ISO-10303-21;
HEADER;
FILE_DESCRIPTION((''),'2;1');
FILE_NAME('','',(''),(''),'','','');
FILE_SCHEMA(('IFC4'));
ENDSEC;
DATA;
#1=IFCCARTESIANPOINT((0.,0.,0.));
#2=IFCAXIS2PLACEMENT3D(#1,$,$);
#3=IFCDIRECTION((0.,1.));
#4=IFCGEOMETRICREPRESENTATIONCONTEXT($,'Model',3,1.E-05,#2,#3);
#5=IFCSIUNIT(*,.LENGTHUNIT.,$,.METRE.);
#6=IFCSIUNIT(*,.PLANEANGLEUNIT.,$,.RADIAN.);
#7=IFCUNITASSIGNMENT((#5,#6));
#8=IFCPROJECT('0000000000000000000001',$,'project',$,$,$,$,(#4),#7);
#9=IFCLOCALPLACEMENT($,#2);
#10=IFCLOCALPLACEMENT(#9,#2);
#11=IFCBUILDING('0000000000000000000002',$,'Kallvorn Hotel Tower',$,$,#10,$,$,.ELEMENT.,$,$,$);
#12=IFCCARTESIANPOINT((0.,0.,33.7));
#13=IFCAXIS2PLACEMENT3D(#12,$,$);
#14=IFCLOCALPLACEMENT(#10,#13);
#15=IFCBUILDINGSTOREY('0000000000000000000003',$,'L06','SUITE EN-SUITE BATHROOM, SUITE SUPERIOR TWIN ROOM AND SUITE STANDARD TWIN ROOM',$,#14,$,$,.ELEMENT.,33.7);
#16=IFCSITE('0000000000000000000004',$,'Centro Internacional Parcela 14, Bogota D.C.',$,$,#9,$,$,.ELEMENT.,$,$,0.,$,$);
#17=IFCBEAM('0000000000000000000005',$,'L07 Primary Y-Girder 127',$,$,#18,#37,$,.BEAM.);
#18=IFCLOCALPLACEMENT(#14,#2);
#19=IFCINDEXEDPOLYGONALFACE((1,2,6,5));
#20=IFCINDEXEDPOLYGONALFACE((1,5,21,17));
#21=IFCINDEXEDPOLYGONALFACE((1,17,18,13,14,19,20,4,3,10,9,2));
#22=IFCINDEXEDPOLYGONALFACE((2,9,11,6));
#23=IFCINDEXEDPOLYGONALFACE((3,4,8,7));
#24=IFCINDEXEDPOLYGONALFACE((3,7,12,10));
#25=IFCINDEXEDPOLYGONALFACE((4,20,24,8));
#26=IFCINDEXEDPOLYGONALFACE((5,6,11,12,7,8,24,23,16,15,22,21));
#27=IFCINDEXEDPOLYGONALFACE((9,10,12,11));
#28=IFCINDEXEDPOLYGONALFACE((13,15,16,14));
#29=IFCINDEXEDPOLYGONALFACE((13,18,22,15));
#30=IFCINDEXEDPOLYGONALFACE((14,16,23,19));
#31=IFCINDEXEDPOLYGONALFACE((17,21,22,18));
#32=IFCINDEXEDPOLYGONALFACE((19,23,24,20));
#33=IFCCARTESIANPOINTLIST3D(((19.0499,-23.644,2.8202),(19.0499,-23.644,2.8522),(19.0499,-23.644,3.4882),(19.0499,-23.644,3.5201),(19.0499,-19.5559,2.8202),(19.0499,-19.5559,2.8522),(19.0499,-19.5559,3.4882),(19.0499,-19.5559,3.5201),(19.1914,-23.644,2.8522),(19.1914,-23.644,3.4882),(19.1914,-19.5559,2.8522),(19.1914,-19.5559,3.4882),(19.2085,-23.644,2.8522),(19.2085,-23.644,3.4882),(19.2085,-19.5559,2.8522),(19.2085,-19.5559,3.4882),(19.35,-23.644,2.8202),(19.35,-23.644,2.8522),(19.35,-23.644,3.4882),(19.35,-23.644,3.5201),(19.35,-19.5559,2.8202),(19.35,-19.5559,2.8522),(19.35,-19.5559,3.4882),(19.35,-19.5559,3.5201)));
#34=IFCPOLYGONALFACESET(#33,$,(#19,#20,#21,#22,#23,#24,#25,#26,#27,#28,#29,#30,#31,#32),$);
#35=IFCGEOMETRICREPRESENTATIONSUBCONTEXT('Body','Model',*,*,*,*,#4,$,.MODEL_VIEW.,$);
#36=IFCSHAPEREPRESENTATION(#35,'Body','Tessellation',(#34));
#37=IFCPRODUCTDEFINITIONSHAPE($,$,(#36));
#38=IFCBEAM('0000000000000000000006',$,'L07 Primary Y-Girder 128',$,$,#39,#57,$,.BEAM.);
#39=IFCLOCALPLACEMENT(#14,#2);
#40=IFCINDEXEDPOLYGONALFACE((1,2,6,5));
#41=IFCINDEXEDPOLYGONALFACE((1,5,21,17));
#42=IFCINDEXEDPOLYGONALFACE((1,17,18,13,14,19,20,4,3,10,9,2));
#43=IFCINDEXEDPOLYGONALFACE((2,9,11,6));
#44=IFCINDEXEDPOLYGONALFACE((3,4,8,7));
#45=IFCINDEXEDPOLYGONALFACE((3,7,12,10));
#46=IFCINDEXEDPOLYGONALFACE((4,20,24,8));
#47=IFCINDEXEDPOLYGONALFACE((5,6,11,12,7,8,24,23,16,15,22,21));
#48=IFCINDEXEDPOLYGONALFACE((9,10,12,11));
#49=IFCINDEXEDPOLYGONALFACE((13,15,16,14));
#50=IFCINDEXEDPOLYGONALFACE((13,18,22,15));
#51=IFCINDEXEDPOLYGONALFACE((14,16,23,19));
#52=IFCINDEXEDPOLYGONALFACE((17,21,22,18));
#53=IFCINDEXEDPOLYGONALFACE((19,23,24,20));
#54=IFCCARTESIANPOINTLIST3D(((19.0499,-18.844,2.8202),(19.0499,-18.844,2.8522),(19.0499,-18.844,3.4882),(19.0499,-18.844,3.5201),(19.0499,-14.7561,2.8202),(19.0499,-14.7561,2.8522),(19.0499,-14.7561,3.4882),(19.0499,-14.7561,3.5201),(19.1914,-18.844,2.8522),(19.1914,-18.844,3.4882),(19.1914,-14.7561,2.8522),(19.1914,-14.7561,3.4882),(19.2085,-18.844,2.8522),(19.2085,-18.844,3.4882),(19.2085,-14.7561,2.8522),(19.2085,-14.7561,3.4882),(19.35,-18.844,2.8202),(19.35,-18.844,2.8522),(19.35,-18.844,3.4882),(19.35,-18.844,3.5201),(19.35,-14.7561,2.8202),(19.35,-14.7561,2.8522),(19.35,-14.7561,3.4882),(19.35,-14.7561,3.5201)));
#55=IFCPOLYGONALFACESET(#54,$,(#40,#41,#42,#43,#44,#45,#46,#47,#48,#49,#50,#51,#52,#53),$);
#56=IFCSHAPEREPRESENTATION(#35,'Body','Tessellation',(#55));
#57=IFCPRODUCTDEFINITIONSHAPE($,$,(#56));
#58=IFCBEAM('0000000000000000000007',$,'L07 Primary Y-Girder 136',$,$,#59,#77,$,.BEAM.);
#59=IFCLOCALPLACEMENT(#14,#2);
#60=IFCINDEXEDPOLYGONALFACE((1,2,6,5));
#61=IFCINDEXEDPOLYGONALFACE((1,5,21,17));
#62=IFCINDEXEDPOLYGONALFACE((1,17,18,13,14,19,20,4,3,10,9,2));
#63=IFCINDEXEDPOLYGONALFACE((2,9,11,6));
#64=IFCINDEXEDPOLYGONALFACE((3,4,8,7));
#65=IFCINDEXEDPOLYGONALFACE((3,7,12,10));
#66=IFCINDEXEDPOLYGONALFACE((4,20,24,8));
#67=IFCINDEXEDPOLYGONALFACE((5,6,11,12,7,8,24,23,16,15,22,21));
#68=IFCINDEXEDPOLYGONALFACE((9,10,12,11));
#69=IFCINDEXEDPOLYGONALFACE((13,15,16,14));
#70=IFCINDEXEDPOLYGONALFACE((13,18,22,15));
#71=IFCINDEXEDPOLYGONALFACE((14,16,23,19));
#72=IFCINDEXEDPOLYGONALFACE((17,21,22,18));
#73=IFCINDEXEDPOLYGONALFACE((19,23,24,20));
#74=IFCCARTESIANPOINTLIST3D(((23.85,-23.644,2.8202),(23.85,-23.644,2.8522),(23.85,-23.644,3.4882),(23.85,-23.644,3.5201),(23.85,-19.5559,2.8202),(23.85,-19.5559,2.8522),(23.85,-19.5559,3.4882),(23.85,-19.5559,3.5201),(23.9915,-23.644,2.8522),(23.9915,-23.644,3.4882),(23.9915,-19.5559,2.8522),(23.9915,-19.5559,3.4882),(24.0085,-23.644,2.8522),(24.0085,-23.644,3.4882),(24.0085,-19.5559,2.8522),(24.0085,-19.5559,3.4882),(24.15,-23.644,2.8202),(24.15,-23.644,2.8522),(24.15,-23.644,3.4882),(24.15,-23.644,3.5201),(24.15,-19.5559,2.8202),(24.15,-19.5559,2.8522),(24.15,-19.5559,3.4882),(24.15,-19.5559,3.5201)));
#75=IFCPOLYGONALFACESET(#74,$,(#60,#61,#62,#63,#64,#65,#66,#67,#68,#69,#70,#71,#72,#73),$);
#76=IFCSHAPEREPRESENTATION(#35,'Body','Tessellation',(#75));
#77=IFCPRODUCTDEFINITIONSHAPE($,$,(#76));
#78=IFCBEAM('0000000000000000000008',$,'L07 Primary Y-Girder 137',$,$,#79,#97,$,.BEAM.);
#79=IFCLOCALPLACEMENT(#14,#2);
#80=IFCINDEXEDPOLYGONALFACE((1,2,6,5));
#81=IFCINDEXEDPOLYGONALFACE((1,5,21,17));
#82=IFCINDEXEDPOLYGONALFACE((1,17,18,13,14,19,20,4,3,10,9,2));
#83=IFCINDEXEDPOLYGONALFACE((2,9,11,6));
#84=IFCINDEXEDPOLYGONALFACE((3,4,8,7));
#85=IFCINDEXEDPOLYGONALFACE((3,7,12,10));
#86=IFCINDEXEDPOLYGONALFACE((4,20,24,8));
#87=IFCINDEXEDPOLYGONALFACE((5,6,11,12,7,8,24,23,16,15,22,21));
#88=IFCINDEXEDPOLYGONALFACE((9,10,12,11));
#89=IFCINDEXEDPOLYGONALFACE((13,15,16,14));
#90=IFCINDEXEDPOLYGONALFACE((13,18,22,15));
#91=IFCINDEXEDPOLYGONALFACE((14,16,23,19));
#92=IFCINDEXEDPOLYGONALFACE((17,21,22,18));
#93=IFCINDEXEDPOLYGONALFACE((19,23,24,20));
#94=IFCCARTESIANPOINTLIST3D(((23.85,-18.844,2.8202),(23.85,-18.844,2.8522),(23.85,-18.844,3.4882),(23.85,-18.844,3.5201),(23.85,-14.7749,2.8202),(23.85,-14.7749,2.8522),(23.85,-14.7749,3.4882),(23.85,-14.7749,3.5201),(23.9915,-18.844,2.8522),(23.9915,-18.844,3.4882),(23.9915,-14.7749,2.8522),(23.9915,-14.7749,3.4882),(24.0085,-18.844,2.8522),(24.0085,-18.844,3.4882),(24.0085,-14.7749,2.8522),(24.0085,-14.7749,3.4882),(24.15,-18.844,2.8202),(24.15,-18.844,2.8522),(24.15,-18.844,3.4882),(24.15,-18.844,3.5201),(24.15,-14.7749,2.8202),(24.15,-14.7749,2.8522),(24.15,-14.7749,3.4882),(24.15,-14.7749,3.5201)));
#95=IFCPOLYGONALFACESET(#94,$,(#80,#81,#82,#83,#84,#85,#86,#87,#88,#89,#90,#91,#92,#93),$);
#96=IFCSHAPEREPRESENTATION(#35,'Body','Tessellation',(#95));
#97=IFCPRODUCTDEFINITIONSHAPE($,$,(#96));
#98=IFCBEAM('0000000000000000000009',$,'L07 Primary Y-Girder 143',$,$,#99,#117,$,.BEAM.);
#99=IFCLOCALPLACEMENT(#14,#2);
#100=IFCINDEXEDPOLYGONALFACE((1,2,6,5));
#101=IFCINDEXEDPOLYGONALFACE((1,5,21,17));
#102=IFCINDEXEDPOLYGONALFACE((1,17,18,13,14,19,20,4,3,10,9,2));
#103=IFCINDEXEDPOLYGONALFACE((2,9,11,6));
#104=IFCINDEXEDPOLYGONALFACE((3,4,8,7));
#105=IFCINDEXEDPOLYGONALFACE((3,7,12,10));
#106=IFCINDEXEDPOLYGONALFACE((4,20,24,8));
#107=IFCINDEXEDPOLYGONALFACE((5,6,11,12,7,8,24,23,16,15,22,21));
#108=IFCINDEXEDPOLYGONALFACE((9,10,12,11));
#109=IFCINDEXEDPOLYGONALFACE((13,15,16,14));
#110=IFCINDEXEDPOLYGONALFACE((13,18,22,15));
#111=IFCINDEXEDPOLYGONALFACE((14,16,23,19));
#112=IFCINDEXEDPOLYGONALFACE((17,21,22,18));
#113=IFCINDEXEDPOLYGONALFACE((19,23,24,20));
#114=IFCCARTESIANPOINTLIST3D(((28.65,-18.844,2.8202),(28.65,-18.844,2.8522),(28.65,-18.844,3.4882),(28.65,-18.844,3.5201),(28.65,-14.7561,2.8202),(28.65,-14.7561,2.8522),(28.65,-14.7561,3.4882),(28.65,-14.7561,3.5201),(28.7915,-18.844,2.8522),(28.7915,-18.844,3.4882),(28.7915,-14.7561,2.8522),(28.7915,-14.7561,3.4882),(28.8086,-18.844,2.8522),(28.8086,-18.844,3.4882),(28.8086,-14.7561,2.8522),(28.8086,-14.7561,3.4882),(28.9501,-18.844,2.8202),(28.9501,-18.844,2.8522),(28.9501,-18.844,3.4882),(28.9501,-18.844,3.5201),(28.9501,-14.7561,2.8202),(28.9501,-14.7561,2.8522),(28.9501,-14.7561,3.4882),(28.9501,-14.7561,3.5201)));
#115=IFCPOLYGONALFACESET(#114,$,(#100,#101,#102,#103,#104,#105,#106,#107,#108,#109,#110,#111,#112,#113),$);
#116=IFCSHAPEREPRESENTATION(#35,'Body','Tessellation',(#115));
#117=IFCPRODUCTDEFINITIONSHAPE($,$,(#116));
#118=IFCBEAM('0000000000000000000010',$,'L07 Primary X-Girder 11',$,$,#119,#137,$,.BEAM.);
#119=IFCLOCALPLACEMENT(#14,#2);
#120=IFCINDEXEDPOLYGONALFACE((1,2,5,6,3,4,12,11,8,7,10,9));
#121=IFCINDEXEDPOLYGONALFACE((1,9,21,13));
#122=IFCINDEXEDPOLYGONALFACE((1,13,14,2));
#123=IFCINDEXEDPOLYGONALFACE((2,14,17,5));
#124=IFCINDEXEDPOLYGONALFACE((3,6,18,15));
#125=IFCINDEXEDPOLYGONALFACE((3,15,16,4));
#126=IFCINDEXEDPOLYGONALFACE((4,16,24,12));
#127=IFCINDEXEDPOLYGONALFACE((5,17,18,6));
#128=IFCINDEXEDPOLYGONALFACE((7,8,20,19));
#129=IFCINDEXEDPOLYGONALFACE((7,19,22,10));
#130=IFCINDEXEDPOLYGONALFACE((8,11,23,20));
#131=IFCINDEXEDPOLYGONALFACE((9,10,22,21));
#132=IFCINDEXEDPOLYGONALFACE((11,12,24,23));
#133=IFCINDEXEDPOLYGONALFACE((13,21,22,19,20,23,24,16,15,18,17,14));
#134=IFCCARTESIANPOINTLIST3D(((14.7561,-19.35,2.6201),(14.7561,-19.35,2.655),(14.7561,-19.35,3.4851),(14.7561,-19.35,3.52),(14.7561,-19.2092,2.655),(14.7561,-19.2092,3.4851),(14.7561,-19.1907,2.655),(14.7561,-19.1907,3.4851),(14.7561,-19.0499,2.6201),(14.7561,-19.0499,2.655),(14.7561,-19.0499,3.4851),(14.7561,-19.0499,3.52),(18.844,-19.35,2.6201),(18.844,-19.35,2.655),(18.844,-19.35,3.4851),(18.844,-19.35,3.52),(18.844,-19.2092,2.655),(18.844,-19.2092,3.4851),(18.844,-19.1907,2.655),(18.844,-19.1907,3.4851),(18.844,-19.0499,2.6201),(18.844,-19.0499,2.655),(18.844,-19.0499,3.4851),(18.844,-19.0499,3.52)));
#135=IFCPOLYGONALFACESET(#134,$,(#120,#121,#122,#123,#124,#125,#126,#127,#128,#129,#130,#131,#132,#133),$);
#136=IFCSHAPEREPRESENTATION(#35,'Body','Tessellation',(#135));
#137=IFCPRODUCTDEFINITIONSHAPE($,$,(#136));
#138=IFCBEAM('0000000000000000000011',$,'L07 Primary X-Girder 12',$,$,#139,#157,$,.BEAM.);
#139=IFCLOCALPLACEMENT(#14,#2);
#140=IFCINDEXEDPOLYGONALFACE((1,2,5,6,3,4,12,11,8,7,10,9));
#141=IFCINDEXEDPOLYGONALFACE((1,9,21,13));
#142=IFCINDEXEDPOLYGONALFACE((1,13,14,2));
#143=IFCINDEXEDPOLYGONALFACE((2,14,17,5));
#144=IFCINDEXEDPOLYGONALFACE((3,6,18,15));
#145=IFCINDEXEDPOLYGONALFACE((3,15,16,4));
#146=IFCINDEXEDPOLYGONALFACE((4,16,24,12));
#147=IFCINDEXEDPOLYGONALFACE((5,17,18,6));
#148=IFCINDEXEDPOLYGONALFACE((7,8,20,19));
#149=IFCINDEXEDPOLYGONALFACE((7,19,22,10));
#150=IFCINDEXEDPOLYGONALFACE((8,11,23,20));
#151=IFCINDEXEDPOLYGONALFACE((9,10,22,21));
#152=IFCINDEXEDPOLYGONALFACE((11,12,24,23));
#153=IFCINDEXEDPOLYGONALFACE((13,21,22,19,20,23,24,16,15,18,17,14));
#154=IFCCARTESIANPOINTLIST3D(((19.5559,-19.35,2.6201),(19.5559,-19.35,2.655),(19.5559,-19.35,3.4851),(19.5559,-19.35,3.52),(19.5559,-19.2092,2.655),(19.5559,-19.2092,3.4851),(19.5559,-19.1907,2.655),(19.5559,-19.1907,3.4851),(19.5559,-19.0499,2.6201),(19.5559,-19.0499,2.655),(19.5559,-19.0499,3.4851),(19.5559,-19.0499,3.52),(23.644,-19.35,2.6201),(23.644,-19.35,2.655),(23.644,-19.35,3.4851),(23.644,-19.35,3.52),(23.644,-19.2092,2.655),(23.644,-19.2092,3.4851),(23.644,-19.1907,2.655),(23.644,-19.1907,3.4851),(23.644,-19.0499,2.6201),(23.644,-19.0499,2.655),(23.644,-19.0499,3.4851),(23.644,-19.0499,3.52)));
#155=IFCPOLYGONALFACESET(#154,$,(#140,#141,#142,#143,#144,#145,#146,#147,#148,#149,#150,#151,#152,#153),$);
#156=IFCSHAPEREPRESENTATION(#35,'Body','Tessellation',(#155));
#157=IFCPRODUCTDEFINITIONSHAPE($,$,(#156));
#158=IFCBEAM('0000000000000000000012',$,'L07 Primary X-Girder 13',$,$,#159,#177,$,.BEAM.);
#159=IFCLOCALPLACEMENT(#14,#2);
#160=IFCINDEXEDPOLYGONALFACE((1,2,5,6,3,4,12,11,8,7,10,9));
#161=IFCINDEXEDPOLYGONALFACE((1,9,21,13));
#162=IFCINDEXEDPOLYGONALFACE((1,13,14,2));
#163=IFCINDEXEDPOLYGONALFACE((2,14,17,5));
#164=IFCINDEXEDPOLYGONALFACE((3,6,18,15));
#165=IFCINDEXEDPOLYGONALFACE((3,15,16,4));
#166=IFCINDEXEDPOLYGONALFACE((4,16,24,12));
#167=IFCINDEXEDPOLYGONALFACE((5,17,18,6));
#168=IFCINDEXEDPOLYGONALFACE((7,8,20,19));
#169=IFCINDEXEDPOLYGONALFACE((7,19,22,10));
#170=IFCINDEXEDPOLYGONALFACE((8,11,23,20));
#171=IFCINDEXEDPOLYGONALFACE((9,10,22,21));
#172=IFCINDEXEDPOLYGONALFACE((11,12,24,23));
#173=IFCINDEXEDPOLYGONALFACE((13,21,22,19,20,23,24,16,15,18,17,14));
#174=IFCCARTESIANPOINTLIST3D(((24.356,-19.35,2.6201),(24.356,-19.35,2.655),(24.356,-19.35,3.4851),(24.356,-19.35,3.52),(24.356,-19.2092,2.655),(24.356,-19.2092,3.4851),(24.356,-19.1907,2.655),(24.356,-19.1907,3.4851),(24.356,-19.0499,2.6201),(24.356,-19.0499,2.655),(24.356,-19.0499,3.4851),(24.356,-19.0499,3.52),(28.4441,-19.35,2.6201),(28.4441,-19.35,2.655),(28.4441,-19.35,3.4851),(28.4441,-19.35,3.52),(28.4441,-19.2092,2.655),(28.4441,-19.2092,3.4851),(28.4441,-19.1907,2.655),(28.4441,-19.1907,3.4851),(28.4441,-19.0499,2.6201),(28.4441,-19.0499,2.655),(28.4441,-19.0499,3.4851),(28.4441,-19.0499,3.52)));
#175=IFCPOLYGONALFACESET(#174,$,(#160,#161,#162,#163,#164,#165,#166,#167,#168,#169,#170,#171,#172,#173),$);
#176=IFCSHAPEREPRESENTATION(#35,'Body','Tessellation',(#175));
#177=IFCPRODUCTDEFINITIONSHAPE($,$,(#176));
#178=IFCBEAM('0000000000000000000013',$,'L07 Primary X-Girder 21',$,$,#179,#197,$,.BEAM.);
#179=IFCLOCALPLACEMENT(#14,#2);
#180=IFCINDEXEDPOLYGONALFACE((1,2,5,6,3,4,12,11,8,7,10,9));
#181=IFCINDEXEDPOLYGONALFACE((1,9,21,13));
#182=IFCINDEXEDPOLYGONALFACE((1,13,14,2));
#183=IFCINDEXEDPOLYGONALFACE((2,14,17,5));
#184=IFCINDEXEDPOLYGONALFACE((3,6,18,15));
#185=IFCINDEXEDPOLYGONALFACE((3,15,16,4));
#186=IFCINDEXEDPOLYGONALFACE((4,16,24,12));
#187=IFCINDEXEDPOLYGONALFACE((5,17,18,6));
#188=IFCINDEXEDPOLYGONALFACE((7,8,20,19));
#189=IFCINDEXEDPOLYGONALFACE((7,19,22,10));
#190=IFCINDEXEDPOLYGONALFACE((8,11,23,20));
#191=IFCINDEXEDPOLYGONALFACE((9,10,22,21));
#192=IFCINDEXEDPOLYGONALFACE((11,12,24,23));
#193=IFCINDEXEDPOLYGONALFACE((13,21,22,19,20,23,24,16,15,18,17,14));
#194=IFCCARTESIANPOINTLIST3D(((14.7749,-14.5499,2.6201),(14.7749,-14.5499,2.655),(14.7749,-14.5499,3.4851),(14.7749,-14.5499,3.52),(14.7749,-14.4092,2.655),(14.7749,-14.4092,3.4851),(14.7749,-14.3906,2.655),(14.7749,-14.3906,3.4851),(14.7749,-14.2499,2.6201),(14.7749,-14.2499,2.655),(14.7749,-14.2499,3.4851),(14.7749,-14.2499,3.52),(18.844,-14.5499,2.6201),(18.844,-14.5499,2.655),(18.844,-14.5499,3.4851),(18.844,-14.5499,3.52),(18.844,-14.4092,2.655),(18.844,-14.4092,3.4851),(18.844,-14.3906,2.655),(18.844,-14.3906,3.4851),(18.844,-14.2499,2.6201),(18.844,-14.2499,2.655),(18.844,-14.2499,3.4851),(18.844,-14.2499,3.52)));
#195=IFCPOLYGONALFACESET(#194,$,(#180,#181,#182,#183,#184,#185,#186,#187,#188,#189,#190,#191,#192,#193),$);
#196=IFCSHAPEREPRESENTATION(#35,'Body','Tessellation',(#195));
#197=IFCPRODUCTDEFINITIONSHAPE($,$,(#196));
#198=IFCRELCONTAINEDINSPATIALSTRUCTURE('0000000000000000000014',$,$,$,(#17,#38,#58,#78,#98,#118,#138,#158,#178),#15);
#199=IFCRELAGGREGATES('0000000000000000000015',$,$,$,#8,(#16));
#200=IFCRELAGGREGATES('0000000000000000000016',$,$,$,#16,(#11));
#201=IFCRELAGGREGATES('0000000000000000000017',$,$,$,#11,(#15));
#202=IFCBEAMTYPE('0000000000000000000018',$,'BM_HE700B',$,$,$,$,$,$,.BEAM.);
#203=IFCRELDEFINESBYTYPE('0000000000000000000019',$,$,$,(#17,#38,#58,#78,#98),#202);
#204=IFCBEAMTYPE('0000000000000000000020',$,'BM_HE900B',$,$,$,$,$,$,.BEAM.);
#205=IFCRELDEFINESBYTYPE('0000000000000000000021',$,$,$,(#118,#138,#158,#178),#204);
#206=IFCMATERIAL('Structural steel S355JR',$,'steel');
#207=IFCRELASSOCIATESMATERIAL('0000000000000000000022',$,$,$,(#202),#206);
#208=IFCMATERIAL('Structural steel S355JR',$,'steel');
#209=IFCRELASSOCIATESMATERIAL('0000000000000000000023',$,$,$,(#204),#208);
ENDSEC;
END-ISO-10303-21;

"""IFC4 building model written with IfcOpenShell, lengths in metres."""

from ifc_helpers import new_model, si_unit, direction, frame, origin, origin_2d, place, context, subcontext, project, spatial, i_section, extrude, material, material_profile, profile_set, type_object, element, save


model = new_model("IFC4")

# Units and contexts
model_context = context("Model", 3, precision=1e-05, world=origin(), true_north=direction((0.0, 1.0)))
body_context = subcontext(model_context, "Body", "Model", "MODEL_VIEW")
ifc_project = project(units=[si_unit("LENGTHUNIT", "METRE"), si_unit("PLANEANGLEUNIT", "RADIAN")], contexts=[model_context])

# Site, building, storey
site_placement = place(None, origin())
site = spatial("IfcSite", under=ifc_project, at=site_placement, Name="Centro Internacional Parcela 14, Bogota D.C.", CompositionType="ELEMENT", RefElevation=0.0)
building_placement = place(site_placement, origin())
building = spatial("IfcBuilding", under=site, at=building_placement, Name="Kallvorn Hotel Tower", CompositionType="ELEMENT")
storey_placement = place(building_placement, frame((0.0, 0.0, 33.7)))
storey = spatial("IfcBuildingStorey", under=building, at=storey_placement, Name="L06", Description="SUITE EN-SUITE BATHROOM, SUITE SUPERIOR TWIN ROOM AND SUITE STANDARD TWIN ROOM", CompositionType="ELEMENT", Elevation=33.7)

# Beams
ifc_material_1 = material(Name="Structural steel S355JR", Category="steel")
ifc_material_profile_1 = material_profile(ifc_material_1, i_section(OverallWidth=0.3, OverallDepth=0.7, WebThickness=0.0171, FlangeThickness=0.032, at=origin_2d()), Name="HE 700 B")
ifc_profile_set_1 = profile_set([ifc_material_profile_1], Name="Structural steel S355JR")
beam_type_1 = type_object("IfcBeamType", Name="BM_HE700B", PredefinedType="BEAM", material=ifc_profile_set_1)
beam_1_placement = place(storey_placement, frame((19.2, -23.644, 3.1702), z_axis=(0.0, 1.0, 0.0), x_axis=(-1.0, 0.0, 0.0)))
element("IfcBeam", 1, at=beam_1_placement, inside=storey, type_object=beam_type_1, Name="L07 Primary Y-Girder 127", PredefinedType="BEAM", context=body_context, shape_type="SweptSolid", body=[
    extrude(i_section(OverallWidth=0.3, OverallDepth=0.7, WebThickness=0.0171, FlangeThickness=0.032, at=origin_2d()), origin(), (0.0, 0.0, 1.0), 4.0881),
])
beam_2_placement = place(storey_placement, frame((19.2, -18.844, 3.1702), z_axis=(0.0, 1.0, 0.0), x_axis=(-1.0, 0.0, 0.0)))
element("IfcBeam", 2, at=beam_2_placement, inside=storey, type_object=beam_type_1, Name="L07 Primary Y-Girder 128", PredefinedType="BEAM", context=body_context, shape_type="SweptSolid", body=[
    extrude(i_section(OverallWidth=0.3, OverallDepth=0.7, WebThickness=0.0171, FlangeThickness=0.032, at=origin_2d()), origin(), (0.0, 0.0, 1.0), 4.0879),
])
beam_3_placement = place(storey_placement, frame((24.0, -23.644, 3.1702), z_axis=(0.0, 1.0, 0.0), x_axis=(-1.0, 0.0, 0.0)))
element("IfcBeam", 3, at=beam_3_placement, inside=storey, type_object=beam_type_1, Name="L07 Primary Y-Girder 136", PredefinedType="BEAM", context=body_context, shape_type="SweptSolid", body=[
    extrude(i_section(OverallWidth=0.3, OverallDepth=0.7, WebThickness=0.0171, FlangeThickness=0.032, at=origin_2d()), origin(), (0.0, 0.0, 1.0), 4.0881),
])
beam_4_placement = place(storey_placement, frame((24.0, -18.844, 3.1702), z_axis=(0.0, 1.0, 0.0), x_axis=(-1.0, 0.0, 0.0)))
element("IfcBeam", 4, at=beam_4_placement, inside=storey, type_object=beam_type_1, Name="L07 Primary Y-Girder 137", PredefinedType="BEAM", context=body_context, shape_type="SweptSolid", body=[
    extrude(i_section(OverallWidth=0.3, OverallDepth=0.7, WebThickness=0.0171, FlangeThickness=0.032, at=origin_2d()), origin(), (0.0, 0.0, 1.0), 4.0691),
])
beam_5_placement = place(storey_placement, frame((28.8, -18.844, 3.1702), z_axis=(0.0, 1.0, 0.0), x_axis=(-1.0, 0.0, 0.0)))
element("IfcBeam", 5, at=beam_5_placement, inside=storey, type_object=beam_type_1, Name="L07 Primary Y-Girder 143", PredefinedType="BEAM", context=body_context, shape_type="SweptSolid", body=[
    extrude(i_section(OverallWidth=0.3, OverallDepth=0.7, WebThickness=0.0171, FlangeThickness=0.032, at=origin_2d()), origin(), (0.0, 0.0, 1.0), 4.0879),
])
ifc_material_2 = material(Name="Structural steel S355JR", Category="steel")
ifc_material_profile_2 = material_profile(ifc_material_2, i_section(OverallWidth=0.3, OverallDepth=0.8999, WebThickness=0.0186, FlangeThickness=0.0349, at=origin_2d()), Name="HE 900 B")
ifc_profile_set_2 = profile_set([ifc_material_profile_2], Name="Structural steel S355JR")
beam_type_2 = type_object("IfcBeamType", Name="BM_HE900B", PredefinedType="BEAM", material=ifc_profile_set_2)
beam_6_placement = place(storey_placement, frame((14.7561, -19.2, 3.0701), z_axis=(1.0, 0.0, 0.0), x_axis=(0.0, 1.0, 0.0)))
element("IfcBeam", 6, at=beam_6_placement, inside=storey, type_object=beam_type_2, Name="L07 Primary X-Girder 11", PredefinedType="BEAM", context=body_context, shape_type="SweptSolid", body=[
    extrude(i_section(OverallWidth=0.3, OverallDepth=0.8999, WebThickness=0.0186, FlangeThickness=0.0349, at=origin_2d()), origin(), (0.0, 0.0, 1.0), 4.0879),
])
for number, where, z_axis, x_axis, name in (
    (7, (19.5559, -19.2, 3.0701), (1.0, 0.0, 0.0), (0.0, 1.0, 0.0), "L07 Primary X-Girder 12"),
    (8, (24.356, -19.2, 3.0701), (1.0, 0.0, 0.0), (0.0, 1.0, 0.0), "L07 Primary X-Girder 13"),
):
    element("IfcBeam", number, at=place(storey_placement, frame(where, z_axis=z_axis, x_axis=x_axis)), inside=storey, type_object=beam_type_2, Name=name, PredefinedType="BEAM", context=body_context, shape_type="SweptSolid", body=[
        extrude(i_section(OverallWidth=0.3, OverallDepth=0.8999, WebThickness=0.0186, FlangeThickness=0.0349, at=origin_2d()), origin(), (0.0, 0.0, 1.0), 4.0881),
    ])
beam_7_placement = place(storey_placement, frame((14.7749, -14.3999, 3.0701), z_axis=(1.0, 0.0, 0.0), x_axis=(0.0, 1.0, 0.0)))
element("IfcBeam", 9, at=beam_7_placement, inside=storey, type_object=beam_type_2, Name="L07 Primary X-Girder 21", PredefinedType="BEAM", context=body_context, shape_type="SweptSolid", body=[
    extrude(i_section(OverallWidth=0.3, OverallDepth=0.8999, WebThickness=0.0186, FlangeThickness=0.0349, at=origin_2d()), origin(), (0.0, 0.0, 1.0), 4.0691),
])

save(model, "model.ifc")
